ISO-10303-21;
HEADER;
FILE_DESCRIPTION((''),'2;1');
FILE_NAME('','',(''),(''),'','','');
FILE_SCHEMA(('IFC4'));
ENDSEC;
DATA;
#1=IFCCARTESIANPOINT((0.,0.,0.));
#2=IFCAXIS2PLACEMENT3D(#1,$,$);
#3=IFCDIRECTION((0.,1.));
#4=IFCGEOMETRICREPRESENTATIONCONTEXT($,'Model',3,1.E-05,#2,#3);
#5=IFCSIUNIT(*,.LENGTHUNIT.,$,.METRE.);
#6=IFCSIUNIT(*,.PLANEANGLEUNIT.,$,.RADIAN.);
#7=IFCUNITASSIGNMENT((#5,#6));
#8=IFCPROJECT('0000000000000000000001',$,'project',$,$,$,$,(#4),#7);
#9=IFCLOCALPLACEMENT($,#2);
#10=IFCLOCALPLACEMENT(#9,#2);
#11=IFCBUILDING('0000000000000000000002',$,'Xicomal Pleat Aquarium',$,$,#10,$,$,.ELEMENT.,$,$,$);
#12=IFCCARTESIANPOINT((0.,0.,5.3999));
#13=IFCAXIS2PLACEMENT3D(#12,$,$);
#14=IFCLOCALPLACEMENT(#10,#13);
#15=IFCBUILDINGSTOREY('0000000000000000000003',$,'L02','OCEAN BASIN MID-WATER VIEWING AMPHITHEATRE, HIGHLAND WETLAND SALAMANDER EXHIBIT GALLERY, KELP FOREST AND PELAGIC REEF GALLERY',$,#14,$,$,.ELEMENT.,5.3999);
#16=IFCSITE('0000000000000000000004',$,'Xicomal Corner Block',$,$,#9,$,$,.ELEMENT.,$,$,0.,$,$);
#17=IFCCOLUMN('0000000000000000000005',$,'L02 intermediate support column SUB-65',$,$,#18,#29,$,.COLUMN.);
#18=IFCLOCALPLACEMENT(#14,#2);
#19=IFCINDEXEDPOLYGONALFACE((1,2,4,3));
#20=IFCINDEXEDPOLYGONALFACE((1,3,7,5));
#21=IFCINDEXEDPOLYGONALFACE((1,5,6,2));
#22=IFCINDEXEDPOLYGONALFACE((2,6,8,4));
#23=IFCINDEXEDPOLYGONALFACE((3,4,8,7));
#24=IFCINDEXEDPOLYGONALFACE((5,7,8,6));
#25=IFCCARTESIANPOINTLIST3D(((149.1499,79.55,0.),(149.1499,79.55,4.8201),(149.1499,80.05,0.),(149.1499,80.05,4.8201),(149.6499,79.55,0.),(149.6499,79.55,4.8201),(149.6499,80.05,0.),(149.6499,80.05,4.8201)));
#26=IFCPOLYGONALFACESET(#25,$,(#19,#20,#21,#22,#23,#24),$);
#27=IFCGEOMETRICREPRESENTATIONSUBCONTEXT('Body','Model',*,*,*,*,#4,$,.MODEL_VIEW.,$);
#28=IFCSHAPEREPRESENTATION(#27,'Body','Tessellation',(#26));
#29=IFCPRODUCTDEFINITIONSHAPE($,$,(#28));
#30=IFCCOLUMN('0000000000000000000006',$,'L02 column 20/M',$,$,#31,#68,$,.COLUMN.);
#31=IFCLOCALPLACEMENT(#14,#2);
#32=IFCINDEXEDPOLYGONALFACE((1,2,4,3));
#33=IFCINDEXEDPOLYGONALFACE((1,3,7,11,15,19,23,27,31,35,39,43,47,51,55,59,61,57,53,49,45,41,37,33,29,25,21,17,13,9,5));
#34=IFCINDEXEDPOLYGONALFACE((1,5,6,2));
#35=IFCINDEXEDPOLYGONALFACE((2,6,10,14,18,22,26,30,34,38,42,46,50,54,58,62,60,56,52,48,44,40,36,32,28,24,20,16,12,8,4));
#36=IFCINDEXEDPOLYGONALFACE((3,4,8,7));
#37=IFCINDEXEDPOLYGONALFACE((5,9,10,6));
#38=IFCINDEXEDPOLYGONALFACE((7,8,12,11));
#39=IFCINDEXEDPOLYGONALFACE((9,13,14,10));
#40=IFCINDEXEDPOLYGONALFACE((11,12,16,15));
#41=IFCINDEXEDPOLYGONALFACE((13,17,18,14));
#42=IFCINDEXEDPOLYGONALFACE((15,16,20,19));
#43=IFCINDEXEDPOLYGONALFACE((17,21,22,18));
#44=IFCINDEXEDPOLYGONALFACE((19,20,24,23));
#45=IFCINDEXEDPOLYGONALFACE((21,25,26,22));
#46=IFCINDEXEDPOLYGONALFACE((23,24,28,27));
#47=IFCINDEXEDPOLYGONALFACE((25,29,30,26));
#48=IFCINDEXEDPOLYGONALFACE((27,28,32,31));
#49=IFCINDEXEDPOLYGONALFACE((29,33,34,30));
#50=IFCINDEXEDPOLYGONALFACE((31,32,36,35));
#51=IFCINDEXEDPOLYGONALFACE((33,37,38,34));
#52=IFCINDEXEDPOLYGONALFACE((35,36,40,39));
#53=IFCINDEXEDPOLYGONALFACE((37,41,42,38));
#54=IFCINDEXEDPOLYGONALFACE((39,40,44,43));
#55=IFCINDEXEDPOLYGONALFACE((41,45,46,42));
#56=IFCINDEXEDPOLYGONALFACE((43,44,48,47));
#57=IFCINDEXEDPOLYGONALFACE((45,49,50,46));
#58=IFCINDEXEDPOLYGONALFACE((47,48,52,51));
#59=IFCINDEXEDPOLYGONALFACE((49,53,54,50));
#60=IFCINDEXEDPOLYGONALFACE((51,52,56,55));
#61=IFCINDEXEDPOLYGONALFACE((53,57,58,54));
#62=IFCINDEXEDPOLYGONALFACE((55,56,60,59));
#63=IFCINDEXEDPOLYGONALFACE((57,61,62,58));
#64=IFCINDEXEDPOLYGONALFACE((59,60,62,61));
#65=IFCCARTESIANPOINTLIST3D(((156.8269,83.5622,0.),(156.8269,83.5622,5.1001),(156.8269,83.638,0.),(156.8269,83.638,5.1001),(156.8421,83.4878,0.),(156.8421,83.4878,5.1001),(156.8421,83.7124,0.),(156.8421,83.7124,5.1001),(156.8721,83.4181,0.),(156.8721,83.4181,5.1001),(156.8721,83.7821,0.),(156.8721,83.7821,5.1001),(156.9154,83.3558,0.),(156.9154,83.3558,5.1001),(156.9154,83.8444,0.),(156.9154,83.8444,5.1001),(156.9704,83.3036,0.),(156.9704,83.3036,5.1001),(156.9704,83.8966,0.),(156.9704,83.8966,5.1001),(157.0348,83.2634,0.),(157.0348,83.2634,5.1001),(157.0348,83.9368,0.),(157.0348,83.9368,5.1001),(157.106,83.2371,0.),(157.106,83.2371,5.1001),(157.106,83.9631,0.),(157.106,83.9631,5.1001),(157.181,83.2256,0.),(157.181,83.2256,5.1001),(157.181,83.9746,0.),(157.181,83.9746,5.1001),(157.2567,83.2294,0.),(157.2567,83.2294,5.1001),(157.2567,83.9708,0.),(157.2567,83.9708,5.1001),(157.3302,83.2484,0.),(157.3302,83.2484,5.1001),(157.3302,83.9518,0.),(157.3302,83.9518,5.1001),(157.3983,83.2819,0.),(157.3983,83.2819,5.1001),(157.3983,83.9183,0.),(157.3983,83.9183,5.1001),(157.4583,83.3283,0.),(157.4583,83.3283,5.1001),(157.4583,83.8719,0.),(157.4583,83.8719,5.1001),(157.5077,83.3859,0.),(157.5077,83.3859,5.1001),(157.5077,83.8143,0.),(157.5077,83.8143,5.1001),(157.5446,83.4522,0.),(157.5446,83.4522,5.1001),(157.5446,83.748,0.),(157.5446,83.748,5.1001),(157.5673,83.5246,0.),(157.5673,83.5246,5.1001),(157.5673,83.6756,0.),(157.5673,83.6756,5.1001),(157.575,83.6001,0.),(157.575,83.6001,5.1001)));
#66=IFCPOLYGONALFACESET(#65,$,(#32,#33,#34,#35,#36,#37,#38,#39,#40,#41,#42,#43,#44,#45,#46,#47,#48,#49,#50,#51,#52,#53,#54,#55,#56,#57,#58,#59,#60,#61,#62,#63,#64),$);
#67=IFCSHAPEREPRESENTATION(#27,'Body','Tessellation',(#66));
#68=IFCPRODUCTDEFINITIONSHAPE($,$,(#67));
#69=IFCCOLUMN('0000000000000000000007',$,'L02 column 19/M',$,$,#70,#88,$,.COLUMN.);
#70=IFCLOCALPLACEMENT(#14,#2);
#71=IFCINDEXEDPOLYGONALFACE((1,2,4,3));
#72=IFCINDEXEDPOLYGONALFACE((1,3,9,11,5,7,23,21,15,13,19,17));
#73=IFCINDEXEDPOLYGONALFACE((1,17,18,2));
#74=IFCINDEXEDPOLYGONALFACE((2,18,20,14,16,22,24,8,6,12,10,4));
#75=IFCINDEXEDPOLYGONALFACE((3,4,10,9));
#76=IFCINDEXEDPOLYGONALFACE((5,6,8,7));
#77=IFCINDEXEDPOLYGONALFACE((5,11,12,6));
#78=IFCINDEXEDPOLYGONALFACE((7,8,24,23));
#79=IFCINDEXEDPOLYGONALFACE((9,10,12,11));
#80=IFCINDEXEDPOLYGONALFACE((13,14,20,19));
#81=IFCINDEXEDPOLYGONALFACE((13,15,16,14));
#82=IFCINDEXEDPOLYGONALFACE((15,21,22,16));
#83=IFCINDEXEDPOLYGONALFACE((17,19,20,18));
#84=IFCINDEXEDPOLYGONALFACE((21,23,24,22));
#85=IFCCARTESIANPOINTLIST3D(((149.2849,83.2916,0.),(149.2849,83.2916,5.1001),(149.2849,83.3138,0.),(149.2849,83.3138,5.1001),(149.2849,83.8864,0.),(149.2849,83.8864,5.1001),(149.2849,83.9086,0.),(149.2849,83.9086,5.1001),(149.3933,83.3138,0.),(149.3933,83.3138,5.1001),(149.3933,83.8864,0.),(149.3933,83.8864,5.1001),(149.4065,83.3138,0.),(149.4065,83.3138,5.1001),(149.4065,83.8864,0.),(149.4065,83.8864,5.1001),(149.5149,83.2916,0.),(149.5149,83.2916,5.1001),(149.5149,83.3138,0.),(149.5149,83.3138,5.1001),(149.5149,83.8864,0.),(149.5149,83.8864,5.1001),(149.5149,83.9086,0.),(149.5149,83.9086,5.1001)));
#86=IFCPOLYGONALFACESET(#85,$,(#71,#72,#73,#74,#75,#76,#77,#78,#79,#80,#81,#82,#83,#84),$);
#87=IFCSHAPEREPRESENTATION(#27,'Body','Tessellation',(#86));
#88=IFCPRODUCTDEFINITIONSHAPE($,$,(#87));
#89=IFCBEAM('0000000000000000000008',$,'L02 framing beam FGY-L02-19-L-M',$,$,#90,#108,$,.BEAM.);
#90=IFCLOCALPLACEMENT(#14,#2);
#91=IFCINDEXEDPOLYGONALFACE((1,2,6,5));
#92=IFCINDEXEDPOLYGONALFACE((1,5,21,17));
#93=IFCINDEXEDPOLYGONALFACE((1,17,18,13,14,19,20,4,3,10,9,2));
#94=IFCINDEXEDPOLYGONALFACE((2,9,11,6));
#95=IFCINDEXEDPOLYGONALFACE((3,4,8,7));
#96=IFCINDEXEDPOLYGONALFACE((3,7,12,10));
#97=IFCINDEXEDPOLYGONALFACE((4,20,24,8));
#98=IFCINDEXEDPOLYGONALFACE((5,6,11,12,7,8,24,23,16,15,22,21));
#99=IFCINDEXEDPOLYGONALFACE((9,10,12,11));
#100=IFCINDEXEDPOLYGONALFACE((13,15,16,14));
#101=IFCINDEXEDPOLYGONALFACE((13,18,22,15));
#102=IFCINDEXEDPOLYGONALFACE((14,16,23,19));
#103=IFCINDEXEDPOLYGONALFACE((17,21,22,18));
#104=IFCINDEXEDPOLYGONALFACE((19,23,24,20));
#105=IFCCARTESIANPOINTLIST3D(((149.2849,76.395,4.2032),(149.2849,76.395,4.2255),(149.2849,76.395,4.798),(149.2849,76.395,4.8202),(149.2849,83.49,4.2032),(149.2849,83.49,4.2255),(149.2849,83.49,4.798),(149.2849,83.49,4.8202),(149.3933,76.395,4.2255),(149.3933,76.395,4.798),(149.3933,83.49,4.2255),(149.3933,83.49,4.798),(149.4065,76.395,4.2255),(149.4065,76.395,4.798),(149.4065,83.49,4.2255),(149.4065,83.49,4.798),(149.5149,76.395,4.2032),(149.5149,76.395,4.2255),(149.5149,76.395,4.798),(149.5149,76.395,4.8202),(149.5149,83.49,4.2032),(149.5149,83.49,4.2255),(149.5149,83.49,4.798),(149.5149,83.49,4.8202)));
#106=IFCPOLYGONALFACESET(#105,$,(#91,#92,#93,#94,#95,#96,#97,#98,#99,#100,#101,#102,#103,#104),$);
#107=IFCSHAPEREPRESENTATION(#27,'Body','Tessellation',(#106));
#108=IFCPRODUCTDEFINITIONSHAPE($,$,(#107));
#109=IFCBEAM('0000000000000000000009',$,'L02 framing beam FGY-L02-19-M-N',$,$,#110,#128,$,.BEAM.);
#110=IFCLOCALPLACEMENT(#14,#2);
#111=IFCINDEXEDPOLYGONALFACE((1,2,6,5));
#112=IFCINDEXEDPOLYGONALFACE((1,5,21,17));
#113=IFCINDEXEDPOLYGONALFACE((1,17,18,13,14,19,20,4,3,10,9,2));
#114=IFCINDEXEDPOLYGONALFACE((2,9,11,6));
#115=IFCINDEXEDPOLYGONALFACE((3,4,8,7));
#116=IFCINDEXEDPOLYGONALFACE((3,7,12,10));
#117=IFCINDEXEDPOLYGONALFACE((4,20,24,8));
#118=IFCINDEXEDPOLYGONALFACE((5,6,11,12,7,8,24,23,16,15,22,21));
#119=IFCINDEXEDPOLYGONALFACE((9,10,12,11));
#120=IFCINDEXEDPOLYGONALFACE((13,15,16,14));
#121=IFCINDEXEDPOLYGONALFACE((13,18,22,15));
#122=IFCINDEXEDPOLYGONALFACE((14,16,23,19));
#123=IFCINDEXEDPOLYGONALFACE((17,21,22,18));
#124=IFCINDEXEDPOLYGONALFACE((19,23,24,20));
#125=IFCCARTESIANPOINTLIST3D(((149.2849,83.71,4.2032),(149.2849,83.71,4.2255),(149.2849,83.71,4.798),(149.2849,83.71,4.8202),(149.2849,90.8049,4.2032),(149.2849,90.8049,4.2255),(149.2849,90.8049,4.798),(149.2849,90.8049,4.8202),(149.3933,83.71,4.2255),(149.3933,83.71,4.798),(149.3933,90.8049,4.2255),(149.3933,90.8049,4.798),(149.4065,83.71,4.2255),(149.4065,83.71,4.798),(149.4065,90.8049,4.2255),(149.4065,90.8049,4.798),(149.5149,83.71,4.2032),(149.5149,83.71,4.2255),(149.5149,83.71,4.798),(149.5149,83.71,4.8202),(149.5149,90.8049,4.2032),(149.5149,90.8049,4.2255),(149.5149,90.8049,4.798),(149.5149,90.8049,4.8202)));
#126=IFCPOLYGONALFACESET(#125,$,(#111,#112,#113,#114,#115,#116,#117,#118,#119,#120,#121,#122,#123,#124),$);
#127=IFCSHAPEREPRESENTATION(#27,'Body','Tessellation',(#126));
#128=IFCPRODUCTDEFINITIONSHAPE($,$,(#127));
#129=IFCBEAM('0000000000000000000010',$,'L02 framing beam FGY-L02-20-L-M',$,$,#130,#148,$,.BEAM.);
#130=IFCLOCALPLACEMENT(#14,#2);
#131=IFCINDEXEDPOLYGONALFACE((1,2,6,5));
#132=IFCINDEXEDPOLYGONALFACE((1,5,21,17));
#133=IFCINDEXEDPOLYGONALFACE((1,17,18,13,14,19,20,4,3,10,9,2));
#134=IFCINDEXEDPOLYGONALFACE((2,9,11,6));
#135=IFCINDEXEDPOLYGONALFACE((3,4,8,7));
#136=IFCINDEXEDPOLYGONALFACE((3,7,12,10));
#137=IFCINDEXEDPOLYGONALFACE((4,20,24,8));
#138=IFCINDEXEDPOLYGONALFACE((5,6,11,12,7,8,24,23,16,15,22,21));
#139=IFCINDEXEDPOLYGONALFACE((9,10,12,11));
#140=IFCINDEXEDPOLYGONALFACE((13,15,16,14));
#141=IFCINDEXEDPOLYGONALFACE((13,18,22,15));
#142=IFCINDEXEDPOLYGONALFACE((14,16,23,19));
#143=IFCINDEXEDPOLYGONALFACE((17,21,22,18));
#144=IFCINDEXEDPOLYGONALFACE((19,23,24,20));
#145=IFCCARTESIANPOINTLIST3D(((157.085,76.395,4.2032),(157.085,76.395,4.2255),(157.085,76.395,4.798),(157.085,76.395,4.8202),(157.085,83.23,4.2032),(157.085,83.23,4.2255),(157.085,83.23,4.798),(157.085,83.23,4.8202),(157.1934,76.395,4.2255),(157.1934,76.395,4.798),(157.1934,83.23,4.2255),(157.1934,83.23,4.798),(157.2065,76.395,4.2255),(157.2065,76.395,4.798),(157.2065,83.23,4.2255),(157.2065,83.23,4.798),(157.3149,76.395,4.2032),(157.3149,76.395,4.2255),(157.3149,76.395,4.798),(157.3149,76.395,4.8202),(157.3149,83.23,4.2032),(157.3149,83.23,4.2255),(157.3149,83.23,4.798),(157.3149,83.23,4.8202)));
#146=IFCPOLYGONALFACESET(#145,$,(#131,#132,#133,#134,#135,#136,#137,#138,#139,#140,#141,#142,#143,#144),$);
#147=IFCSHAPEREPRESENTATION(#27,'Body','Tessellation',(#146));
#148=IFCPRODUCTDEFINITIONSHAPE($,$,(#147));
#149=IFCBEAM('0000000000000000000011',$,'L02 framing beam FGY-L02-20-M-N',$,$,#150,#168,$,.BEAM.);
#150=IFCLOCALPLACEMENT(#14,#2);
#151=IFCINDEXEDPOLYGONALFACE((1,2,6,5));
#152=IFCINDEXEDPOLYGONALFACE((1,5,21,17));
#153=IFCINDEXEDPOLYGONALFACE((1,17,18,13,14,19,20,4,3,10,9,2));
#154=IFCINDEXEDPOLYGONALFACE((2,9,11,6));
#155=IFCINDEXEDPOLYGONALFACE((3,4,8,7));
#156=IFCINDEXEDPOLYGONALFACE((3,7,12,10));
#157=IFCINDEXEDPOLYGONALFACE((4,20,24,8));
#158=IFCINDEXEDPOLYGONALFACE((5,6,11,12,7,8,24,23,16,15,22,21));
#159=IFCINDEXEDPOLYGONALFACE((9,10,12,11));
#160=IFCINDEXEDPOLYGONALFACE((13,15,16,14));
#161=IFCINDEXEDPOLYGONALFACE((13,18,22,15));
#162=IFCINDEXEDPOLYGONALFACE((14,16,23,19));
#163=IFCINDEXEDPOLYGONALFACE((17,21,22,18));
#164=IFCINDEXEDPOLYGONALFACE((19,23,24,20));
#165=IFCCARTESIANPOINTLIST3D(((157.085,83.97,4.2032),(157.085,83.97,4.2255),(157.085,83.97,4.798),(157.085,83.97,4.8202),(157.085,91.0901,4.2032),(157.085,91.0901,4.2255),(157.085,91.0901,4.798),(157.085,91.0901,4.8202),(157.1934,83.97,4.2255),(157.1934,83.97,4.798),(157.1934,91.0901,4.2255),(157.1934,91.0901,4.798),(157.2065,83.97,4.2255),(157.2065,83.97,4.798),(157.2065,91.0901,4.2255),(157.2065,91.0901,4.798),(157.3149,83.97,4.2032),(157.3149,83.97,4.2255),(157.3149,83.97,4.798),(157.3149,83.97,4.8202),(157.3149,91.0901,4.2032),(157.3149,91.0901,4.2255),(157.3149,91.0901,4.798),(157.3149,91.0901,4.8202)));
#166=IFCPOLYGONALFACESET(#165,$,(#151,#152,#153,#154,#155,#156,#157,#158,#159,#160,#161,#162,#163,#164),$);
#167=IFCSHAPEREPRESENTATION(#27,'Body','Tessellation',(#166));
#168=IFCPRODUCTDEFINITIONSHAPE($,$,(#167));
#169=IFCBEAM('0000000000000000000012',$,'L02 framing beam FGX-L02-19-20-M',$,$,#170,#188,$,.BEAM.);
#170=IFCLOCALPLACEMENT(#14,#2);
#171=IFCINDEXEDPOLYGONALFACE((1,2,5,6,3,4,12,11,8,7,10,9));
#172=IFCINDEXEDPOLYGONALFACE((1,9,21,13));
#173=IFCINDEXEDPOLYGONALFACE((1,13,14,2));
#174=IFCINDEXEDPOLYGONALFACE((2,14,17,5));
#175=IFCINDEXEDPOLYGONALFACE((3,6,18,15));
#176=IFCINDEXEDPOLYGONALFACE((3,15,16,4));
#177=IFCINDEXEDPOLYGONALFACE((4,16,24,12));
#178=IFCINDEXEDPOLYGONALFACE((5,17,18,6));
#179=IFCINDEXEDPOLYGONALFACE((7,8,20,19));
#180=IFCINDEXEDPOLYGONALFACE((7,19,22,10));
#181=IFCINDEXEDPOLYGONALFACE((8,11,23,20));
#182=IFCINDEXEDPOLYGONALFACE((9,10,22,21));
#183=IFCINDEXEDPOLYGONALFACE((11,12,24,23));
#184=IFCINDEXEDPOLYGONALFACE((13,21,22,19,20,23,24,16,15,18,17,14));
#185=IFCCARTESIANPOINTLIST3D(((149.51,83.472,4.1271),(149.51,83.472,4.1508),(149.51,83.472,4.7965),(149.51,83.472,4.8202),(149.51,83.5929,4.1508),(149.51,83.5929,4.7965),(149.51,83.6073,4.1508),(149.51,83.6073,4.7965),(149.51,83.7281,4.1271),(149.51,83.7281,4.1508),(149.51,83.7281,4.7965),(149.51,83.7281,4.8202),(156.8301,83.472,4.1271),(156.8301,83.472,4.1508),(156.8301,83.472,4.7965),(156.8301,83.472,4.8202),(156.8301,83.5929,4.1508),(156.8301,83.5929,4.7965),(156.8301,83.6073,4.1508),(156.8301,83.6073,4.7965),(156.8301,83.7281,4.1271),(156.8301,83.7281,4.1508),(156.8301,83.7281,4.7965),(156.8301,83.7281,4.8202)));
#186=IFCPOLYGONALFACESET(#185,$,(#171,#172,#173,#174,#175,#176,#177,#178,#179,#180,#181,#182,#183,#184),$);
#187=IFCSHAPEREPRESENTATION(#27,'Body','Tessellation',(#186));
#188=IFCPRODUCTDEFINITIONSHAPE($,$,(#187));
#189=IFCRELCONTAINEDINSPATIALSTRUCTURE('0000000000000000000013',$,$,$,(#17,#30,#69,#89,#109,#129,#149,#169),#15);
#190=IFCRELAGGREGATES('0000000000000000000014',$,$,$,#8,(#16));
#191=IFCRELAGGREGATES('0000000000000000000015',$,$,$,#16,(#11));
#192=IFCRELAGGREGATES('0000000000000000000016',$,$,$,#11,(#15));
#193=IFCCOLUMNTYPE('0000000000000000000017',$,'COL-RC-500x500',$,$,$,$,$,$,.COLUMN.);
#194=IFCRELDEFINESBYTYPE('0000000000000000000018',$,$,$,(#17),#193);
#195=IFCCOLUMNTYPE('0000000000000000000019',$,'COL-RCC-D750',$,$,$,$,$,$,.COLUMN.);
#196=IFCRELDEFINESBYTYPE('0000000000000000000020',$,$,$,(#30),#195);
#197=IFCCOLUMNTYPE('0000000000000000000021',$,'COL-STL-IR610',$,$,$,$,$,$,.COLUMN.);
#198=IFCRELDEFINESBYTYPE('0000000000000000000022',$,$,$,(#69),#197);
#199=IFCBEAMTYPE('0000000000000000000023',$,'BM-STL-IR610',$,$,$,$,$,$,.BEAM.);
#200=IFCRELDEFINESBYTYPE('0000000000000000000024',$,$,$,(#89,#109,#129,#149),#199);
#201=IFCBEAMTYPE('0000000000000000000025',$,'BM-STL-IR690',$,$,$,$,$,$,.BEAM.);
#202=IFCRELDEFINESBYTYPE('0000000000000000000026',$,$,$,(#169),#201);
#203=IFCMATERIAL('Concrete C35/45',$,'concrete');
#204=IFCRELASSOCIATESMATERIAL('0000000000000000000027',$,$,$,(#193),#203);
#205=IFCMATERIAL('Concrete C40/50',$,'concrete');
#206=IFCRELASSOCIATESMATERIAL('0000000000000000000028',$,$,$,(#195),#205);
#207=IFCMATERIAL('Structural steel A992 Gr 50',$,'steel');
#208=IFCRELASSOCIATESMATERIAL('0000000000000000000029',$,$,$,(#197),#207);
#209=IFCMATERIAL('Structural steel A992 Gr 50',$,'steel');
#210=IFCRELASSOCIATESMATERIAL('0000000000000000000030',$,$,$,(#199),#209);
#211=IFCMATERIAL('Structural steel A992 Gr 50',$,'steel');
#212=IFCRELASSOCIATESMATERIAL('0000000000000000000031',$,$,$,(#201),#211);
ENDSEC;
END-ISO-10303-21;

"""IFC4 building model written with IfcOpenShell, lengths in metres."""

from ifc_helpers import new_model, si_unit, direction, frame, origin, origin_2d, place, context, subcontext, project, spatial, rectangle, circle, i_section, extrude, material, material_profile, profile_set, type_object, element, save


model = new_model("IFC4")

# Units and contexts
model_context = context("Model", 3, precision=1e-05, world=origin(), true_north=direction((0.0, 1.0)))
body_context = subcontext(model_context, "Body", "Model", "MODEL_VIEW")
ifc_project = project(units=[si_unit("LENGTHUNIT", "METRE"), si_unit("PLANEANGLEUNIT", "RADIAN")], contexts=[model_context])

# Site, building, storey
site_placement = place(None, origin())
site = spatial("IfcSite", under=ifc_project, at=site_placement, Name="Xicomal Corner Block", CompositionType="ELEMENT", RefElevation=0.0)
building_placement = place(site_placement, origin())
building = spatial("IfcBuilding", under=site, at=building_placement, Name="Xicomal Pleat Aquarium", CompositionType="ELEMENT")
storey_placement = place(building_placement, frame((0.0, 0.0, 5.3999)))
storey = spatial("IfcBuildingStorey", under=building, at=storey_placement, Name="L02", Description="OCEAN BASIN MID-WATER VIEWING AMPHITHEATRE, HIGHLAND WETLAND SALAMANDER EXHIBIT GALLERY, KELP FOREST AND PELAGIC REEF GALLERY", CompositionType="ELEMENT", Elevation=5.3999)

# Columns
ifc_material_1 = material(Name="Concrete C35/45", Category="concrete")
ifc_material_profile_1 = material_profile(ifc_material_1, rectangle(XDim=0.5, YDim=0.5, at=origin_2d()), Name="RC 500x500")
ifc_profile_set_1 = profile_set([ifc_material_profile_1], Name="Concrete C35/45")
column_type_1 = type_object("IfcColumnType", Name="COL-RC-500x500", PredefinedType="COLUMN", material=ifc_profile_set_1)
column_1_placement = place(storey_placement, frame((149.3999, 79.8, 0.0), z_axis=(0.0, 0.0, 1.0), x_axis=(1.0, 0.0, 0.0)))
element("IfcColumn", 1, at=column_1_placement, inside=storey, type_object=column_type_1, Name="L02 intermediate support column SUB-65", PredefinedType="COLUMN", context=body_context, shape_type="SweptSolid", body=[
    extrude(rectangle(XDim=0.5, YDim=0.5, at=origin_2d()), origin(), (0.0, 0.0, 1.0), 4.8201),
])
ifc_material_2 = material(Name="Concrete C40/50", Category="concrete")
ifc_material_profile_2 = material_profile(ifc_material_2, circle(Radius=0.375, at=origin_2d()), Name="RCC D750")
ifc_profile_set_2 = profile_set([ifc_material_profile_2], Name="Concrete C40/50")
column_type_2 = type_object("IfcColumnType", Name="COL-RCC-D750", PredefinedType="COLUMN", material=ifc_profile_set_2)
column_2_placement = place(storey_placement, frame((157.2, 83.6001, 0.0), z_axis=(0.0, 0.0, 1.0), x_axis=(1.0, 0.0, 0.0)))
element("IfcColumn", 2, at=column_2_placement, inside=storey, type_object=column_type_2, Name="L02 column 20/M", PredefinedType="COLUMN", context=body_context, shape_type="SweptSolid", body=[
    extrude(circle(Radius=0.375, at=origin_2d()), origin(), (0.0, 0.0, 1.0), 5.1001),
])
ifc_material_3 = material(Name="Structural steel A992 Gr 50", Category="steel")
ifc_material_profile_3 = material_profile(ifc_material_3, i_section(OverallWidth=0.23, OverallDepth=0.6169, WebThickness=0.0132, FlangeThickness=0.0222, at=origin_2d()), Name="IR 610x140")
ifc_profile_set_3 = profile_set([ifc_material_profile_3], Name="Structural steel A992 Gr 50")
column_type_3 = type_object("IfcColumnType", Name="COL-STL-IR610", PredefinedType="COLUMN", material=ifc_profile_set_3)
column_3_placement = place(storey_placement, frame((149.3999, 83.6001, 0.0), z_axis=(0.0, 0.0, 1.0), x_axis=(1.0, 0.0, 0.0)))
element("IfcColumn", 3, at=column_3_placement, inside=storey, type_object=column_type_3, Name="L02 column 19/M", PredefinedType="COLUMN", context=body_context, shape_type="SweptSolid", body=[
    extrude(i_section(OverallWidth=0.23, OverallDepth=0.6169, WebThickness=0.0132, FlangeThickness=0.0222, at=origin_2d()), origin(), (0.0, 0.0, 1.0), 5.1001),
])

# Beams
ifc_material_4 = material(Name="Structural steel A992 Gr 50", Category="steel")
ifc_material_profile_4 = material_profile(ifc_material_4, i_section(OverallWidth=0.23, OverallDepth=0.6169, WebThickness=0.0132, FlangeThickness=0.0222, at=origin_2d()), Name="IR 610x140")
ifc_profile_set_4 = profile_set([ifc_material_profile_4], Name="Structural steel A992 Gr 50")
beam_type_1 = type_object("IfcBeamType", Name="BM-STL-IR610", PredefinedType="BEAM", material=ifc_profile_set_4)
for number, where, z_axis, x_axis, name in (
    (4, (149.3999, 76.395, 4.5117), (0.0, 1.0, 0.0), (-1.0, 0.0, 0.0), "L02 framing beam FGY-L02-19-L-M"),
    (5, (149.3999, 83.71, 4.5117), (0.0, 1.0, 0.0), (-1.0, 0.0, 0.0), "L02 framing beam FGY-L02-19-M-N"),
):
    element("IfcBeam", number, at=place(storey_placement, frame(where, z_axis=z_axis, x_axis=x_axis)), inside=storey, type_object=beam_type_1, Name=name, PredefinedType="BEAM", context=body_context, shape_type="SweptSolid", body=[
        extrude(i_section(OverallWidth=0.23, OverallDepth=0.6169, WebThickness=0.0132, FlangeThickness=0.0222, at=origin_2d()), origin(), (0.0, 0.0, 1.0), 7.095),
    ])
beam_1_placement = place(storey_placement, frame((157.2, 76.395, 4.5117), z_axis=(0.0, 1.0, 0.0), x_axis=(-1.0, 0.0, 0.0)))
element("IfcBeam", 6, at=beam_1_placement, inside=storey, type_object=beam_type_1, Name="L02 framing beam FGY-L02-20-L-M", PredefinedType="BEAM", context=body_context, shape_type="SweptSolid", body=[
    extrude(i_section(OverallWidth=0.23, OverallDepth=0.6169, WebThickness=0.0132, FlangeThickness=0.0222, at=origin_2d()), origin(), (0.0, 0.0, 1.0), 6.835),
])
beam_2_placement = place(storey_placement, frame((157.2, 83.97, 4.5117), z_axis=(0.0, 1.0, 0.0), x_axis=(-1.0, 0.0, 0.0)))
element("IfcBeam", 7, at=beam_2_placement, inside=storey, type_object=beam_type_1, Name="L02 framing beam FGY-L02-20-M-N", PredefinedType="BEAM", context=body_context, shape_type="SweptSolid", body=[
    extrude(i_section(OverallWidth=0.23, OverallDepth=0.6169, WebThickness=0.0132, FlangeThickness=0.0222, at=origin_2d()), origin(), (0.0, 0.0, 1.0), 7.1201),
])
ifc_material_5 = material(Name="Structural steel A992 Gr 50", Category="steel")
ifc_material_profile_5 = material_profile(ifc_material_5, i_section(OverallWidth=0.2561, OverallDepth=0.6931, WebThickness=0.0144, FlangeThickness=0.0237, at=origin_2d()), Name="IR 690x170")
ifc_profile_set_5 = profile_set([ifc_material_profile_5], Name="Structural steel A992 Gr 50")
beam_type_2 = type_object("IfcBeamType", Name="BM-STL-IR690", PredefinedType="BEAM", material=ifc_profile_set_5)
beam_3_placement = place(storey_placement, frame((149.51, 83.6001, 4.4736), z_axis=(1.0, 0.0, 0.0), x_axis=(0.0, 1.0, 0.0)))
element("IfcBeam", 8, at=beam_3_placement, inside=storey, type_object=beam_type_2, Name="L02 framing beam FGX-L02-19-20-M", PredefinedType="BEAM", context=body_context, shape_type="SweptSolid", body=[
    extrude(i_section(OverallWidth=0.2561, OverallDepth=0.6931, WebThickness=0.0144, FlangeThickness=0.0237, at=origin_2d()), origin(), (0.0, 0.0, 1.0), 7.3201),
])

save(model, "model.ifc")
